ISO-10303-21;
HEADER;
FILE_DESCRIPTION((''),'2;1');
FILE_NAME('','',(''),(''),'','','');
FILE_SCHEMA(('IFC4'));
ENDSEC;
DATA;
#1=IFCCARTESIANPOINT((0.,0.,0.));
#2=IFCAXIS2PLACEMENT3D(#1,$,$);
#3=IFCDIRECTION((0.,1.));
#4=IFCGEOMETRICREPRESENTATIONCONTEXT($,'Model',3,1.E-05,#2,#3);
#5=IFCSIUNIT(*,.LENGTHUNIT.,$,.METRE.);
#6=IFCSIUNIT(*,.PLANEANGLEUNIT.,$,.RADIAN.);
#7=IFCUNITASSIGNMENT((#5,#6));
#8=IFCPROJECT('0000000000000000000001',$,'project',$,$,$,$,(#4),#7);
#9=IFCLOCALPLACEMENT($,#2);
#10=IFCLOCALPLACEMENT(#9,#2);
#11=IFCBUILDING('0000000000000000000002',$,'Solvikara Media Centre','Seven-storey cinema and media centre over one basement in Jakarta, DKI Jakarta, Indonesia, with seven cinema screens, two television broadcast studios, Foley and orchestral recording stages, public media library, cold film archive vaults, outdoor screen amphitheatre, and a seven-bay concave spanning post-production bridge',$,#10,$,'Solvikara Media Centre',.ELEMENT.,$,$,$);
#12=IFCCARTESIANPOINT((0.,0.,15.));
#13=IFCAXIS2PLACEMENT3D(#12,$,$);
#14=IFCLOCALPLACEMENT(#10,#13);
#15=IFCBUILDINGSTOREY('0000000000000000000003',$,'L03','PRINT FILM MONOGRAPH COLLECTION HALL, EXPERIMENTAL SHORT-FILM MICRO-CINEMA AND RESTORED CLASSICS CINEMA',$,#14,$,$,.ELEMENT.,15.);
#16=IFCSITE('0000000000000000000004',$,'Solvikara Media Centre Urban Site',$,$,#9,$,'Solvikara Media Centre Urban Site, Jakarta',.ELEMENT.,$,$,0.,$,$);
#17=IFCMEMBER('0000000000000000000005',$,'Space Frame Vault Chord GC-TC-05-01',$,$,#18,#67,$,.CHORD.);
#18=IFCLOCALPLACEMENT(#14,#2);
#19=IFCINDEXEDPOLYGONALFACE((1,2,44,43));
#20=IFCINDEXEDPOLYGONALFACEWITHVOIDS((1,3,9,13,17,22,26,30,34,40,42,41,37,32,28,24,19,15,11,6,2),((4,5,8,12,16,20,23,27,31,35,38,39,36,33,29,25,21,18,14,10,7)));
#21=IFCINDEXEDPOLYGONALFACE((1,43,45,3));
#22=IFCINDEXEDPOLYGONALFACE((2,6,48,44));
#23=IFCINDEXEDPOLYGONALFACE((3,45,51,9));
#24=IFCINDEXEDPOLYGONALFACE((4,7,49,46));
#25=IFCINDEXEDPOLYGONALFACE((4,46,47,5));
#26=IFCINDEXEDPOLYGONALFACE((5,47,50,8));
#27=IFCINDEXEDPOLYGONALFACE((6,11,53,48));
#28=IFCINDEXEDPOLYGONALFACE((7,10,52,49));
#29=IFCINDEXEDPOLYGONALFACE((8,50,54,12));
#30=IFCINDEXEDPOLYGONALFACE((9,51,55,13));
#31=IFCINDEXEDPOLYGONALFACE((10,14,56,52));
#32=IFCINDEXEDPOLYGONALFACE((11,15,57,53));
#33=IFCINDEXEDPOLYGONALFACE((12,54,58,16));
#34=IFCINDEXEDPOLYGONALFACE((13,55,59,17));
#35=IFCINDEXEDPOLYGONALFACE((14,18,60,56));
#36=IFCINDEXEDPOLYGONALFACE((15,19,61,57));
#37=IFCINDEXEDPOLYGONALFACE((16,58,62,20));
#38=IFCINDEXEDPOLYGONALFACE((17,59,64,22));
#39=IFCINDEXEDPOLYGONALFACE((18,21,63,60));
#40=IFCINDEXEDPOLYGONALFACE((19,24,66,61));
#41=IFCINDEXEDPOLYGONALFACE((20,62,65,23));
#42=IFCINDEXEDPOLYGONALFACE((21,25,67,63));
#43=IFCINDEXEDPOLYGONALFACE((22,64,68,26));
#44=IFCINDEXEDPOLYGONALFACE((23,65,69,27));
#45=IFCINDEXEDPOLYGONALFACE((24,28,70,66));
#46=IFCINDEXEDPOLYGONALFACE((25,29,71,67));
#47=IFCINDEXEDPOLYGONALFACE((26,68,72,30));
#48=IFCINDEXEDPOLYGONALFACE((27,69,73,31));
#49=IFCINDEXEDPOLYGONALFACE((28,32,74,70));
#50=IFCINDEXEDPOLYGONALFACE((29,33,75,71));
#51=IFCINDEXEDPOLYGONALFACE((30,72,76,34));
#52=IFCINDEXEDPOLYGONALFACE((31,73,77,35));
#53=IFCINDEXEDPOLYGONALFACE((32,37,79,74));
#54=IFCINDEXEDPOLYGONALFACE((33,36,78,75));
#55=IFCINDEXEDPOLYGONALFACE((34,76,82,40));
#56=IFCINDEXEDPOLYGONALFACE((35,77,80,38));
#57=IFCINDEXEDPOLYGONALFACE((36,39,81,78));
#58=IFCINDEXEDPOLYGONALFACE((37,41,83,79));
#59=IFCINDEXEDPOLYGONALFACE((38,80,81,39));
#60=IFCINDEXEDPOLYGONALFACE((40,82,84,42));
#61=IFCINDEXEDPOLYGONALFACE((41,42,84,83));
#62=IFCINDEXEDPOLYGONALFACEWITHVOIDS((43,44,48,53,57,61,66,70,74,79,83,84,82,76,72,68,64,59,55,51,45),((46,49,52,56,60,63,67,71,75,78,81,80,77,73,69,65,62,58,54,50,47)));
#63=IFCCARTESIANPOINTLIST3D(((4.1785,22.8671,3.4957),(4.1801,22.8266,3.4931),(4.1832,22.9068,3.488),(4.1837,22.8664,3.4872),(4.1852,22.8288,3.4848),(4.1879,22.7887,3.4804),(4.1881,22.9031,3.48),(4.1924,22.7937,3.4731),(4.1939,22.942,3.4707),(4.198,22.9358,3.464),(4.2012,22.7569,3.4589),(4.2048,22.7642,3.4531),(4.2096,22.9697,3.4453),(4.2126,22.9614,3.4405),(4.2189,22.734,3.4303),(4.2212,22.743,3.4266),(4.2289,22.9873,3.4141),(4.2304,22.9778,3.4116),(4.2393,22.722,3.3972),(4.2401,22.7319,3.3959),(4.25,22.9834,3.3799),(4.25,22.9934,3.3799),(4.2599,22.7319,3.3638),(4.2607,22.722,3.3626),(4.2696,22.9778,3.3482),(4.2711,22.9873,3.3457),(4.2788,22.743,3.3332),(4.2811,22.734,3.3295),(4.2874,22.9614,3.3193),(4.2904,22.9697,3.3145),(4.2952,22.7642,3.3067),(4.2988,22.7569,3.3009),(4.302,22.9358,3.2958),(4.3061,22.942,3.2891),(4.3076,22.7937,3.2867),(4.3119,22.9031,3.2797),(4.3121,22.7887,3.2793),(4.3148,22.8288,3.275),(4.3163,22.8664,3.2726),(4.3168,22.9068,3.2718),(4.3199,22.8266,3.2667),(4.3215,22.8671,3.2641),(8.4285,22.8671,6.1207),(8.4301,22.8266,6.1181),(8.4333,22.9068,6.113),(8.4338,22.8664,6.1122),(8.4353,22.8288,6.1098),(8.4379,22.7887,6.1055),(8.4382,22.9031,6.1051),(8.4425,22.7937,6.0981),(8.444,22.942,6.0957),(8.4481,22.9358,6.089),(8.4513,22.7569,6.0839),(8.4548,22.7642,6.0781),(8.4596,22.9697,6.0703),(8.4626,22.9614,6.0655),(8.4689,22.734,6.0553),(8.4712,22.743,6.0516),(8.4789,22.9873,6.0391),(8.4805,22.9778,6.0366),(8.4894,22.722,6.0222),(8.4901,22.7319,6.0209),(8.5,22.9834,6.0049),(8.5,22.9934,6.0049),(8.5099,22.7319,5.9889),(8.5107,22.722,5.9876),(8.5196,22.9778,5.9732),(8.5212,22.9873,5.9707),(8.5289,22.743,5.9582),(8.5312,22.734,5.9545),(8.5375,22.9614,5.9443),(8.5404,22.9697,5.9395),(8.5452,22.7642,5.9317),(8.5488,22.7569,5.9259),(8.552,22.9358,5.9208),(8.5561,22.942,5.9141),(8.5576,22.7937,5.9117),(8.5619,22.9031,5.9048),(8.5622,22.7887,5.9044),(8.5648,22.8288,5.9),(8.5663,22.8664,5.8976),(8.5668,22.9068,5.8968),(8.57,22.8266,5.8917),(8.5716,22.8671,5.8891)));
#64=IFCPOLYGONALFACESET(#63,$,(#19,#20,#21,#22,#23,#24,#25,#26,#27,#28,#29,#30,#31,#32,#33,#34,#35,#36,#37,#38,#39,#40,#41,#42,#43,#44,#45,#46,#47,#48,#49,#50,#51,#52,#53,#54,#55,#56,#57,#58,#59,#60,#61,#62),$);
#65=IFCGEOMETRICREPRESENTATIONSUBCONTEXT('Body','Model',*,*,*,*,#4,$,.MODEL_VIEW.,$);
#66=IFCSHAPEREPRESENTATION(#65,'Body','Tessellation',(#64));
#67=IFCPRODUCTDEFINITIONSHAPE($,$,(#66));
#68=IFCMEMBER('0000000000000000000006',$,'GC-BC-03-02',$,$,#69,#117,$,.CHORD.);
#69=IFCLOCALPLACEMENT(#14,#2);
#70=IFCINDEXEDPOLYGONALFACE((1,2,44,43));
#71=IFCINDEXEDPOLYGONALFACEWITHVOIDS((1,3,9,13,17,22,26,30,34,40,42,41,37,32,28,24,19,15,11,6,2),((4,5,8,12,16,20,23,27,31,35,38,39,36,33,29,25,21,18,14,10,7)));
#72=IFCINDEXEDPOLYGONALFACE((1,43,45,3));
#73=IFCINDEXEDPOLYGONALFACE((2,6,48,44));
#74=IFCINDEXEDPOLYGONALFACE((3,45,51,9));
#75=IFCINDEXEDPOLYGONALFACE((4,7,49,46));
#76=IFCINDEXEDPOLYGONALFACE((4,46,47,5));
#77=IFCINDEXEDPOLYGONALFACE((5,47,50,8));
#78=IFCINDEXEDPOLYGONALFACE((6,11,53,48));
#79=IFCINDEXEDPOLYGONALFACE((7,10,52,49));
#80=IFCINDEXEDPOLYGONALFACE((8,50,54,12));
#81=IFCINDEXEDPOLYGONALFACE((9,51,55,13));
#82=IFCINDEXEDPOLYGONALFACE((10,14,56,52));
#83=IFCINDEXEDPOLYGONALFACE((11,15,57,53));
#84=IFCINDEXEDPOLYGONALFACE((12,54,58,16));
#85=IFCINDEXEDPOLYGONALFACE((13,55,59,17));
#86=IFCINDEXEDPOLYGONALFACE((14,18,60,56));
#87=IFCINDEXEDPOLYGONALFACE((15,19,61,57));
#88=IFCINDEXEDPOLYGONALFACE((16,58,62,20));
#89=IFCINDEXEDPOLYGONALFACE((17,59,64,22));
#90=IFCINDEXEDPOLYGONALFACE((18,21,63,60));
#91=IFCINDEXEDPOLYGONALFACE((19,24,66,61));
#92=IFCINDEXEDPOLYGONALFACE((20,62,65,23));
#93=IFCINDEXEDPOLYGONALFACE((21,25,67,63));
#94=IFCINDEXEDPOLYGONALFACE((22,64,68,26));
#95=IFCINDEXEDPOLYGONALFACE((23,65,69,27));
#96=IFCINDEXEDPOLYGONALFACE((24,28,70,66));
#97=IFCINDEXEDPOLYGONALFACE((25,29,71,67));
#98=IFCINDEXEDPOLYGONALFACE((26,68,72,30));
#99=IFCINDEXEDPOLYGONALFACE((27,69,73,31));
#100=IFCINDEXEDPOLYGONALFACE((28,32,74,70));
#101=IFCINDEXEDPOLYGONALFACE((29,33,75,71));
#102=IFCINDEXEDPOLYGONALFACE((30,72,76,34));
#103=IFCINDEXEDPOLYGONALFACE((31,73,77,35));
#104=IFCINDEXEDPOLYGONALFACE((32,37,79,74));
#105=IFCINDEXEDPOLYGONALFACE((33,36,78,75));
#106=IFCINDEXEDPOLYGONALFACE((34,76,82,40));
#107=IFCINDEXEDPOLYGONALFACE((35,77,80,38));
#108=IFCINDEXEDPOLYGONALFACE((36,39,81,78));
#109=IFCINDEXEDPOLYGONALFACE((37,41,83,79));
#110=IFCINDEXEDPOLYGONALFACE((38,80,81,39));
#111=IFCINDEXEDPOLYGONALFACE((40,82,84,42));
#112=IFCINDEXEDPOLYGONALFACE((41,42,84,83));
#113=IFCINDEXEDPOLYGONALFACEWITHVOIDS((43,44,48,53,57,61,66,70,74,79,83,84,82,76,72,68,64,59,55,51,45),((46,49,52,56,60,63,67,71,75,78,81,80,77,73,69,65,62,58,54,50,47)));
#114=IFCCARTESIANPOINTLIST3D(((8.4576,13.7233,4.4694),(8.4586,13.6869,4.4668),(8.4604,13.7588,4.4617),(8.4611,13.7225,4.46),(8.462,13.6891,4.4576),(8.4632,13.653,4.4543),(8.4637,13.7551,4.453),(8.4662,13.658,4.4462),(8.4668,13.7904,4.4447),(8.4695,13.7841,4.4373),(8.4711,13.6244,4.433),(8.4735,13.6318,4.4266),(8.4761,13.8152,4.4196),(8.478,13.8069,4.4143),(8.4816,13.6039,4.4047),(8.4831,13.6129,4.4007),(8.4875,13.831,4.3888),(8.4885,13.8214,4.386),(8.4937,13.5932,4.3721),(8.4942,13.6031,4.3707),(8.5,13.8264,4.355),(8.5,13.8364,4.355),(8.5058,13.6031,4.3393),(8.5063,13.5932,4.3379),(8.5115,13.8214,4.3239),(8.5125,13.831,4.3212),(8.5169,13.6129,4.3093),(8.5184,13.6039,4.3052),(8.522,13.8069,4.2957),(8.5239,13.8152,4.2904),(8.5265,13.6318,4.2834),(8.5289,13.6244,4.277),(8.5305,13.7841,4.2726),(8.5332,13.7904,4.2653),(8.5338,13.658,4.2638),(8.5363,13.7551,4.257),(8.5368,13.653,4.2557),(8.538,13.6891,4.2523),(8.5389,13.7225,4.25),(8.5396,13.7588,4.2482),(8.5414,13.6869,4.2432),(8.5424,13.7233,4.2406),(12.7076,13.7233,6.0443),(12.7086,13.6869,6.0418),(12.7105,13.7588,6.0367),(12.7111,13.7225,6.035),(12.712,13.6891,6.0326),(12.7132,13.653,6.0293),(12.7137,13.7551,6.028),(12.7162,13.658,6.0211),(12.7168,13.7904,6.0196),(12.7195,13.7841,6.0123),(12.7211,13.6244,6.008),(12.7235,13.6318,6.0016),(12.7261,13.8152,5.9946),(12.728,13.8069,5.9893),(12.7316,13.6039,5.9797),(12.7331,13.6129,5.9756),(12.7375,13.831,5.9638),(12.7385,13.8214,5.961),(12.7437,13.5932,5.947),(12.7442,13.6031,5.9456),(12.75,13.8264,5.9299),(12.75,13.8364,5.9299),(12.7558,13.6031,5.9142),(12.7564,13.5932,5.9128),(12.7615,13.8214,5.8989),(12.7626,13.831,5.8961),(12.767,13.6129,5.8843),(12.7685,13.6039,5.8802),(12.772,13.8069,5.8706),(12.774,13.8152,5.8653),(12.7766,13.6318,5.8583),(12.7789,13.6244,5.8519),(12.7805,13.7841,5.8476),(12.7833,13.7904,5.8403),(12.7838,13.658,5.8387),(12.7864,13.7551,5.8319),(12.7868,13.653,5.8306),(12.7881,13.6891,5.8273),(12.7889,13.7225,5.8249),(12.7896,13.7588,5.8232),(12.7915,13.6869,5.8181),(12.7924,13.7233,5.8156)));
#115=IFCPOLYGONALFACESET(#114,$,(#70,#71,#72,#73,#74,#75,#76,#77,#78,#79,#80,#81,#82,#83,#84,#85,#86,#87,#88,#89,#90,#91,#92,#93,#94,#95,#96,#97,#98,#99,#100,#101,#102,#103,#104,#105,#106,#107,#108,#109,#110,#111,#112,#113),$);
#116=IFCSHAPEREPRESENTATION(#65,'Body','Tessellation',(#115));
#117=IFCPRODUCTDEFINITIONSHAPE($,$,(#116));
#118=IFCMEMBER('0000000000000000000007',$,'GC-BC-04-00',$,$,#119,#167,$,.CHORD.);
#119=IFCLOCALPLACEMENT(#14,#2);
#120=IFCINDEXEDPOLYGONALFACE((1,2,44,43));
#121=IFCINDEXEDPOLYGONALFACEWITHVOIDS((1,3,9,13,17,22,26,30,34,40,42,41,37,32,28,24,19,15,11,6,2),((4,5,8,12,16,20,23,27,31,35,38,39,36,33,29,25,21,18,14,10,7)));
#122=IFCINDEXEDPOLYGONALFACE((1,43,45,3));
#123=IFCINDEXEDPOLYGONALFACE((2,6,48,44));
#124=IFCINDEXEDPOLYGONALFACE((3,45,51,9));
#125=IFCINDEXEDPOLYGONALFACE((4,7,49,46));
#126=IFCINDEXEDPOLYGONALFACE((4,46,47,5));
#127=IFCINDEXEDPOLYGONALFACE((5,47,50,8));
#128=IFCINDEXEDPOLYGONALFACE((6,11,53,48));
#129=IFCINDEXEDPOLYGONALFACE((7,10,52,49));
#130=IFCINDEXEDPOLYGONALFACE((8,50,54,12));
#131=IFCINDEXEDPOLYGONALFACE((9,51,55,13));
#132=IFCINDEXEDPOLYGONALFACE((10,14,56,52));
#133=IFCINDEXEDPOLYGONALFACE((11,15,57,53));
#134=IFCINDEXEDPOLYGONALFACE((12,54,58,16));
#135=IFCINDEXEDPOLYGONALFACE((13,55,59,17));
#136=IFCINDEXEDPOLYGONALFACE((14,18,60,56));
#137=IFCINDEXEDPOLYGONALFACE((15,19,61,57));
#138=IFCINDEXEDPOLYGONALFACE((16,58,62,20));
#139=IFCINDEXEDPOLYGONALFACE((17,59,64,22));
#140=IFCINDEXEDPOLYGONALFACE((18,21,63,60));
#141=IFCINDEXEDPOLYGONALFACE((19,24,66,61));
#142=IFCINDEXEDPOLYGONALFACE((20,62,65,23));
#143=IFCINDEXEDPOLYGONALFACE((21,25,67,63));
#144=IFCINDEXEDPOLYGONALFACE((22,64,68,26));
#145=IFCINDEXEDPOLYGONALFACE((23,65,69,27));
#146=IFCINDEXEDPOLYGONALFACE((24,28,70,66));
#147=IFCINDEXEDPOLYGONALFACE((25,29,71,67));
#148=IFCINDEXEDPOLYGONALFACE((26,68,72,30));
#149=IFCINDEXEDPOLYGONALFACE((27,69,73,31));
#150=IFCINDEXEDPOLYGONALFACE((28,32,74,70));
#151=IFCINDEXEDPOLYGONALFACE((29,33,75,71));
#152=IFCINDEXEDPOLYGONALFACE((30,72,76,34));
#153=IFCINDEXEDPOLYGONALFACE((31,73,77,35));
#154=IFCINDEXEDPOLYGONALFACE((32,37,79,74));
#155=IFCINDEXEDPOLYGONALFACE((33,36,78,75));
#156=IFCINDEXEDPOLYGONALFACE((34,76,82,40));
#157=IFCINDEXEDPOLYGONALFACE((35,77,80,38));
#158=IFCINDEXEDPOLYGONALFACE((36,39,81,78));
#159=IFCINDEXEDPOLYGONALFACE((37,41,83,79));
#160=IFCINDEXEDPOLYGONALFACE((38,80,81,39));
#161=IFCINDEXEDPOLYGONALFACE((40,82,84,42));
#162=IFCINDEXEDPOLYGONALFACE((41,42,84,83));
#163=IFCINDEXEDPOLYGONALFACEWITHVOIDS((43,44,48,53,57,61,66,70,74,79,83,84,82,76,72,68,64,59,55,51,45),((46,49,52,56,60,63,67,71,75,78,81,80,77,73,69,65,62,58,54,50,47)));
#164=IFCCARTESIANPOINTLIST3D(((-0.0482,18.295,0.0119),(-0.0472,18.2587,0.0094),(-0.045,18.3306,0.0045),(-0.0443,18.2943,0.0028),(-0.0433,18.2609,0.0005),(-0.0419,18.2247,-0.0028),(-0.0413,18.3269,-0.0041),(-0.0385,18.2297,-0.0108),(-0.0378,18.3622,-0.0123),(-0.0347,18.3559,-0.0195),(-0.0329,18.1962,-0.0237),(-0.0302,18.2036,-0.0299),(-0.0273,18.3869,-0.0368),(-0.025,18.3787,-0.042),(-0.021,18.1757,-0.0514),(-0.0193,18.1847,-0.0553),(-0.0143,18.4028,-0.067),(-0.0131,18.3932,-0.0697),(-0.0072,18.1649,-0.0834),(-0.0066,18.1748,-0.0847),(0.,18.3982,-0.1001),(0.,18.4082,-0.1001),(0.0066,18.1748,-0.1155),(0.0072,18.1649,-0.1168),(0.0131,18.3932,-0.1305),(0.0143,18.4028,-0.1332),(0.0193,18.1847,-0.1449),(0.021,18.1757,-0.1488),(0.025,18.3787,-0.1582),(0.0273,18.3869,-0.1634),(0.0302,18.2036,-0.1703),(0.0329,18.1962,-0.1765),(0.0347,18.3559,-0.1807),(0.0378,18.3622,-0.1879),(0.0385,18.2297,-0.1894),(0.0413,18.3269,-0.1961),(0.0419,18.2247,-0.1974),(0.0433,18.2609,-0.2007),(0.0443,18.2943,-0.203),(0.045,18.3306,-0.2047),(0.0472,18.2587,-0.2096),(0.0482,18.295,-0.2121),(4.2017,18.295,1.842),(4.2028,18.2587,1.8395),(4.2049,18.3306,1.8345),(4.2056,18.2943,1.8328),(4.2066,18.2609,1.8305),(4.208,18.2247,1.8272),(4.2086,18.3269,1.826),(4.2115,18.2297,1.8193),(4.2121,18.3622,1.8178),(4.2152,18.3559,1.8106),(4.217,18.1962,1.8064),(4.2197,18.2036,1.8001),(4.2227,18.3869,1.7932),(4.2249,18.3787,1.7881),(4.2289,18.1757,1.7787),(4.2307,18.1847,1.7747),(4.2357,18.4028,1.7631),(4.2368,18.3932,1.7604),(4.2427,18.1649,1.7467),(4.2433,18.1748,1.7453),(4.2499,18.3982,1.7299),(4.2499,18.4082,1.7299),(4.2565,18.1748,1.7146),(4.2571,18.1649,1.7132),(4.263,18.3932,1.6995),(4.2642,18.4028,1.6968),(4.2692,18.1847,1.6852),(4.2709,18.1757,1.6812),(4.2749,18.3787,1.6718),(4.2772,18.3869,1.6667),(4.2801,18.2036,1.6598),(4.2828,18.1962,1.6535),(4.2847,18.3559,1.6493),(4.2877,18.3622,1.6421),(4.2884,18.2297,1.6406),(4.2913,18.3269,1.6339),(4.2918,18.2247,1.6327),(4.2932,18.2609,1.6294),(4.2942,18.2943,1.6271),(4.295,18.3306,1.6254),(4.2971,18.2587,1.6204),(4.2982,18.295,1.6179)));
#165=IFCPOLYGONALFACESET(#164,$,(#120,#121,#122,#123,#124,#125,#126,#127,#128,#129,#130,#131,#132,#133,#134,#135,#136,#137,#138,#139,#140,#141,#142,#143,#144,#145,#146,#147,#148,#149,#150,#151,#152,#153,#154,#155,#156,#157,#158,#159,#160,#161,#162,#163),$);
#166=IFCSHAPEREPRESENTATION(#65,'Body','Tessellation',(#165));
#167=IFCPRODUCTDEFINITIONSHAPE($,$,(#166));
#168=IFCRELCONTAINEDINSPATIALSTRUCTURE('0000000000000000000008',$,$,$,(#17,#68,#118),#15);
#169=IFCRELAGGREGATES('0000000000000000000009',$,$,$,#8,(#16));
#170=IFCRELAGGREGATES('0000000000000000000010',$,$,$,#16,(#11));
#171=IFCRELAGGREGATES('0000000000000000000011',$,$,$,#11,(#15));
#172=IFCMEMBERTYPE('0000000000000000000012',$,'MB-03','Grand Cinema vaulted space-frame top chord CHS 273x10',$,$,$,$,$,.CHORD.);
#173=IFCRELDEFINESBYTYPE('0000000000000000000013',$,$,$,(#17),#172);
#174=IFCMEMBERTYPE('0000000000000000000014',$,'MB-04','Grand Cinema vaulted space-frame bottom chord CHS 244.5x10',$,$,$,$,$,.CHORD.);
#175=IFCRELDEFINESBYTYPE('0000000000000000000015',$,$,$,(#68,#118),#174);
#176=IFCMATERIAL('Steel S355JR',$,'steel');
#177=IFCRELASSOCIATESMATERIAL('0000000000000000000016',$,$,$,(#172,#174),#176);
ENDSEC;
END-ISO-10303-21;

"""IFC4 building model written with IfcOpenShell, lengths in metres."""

from ifc_helpers import new_model, si_unit, direction, frame, origin, origin_2d, place, context, subcontext, project, spatial, hollow_circle, extrude, material, material_profile, profile_set, type_object, element, save


model = new_model("IFC4")

# Units and contexts
model_context = context("Model", 3, precision=1e-05, world=origin(), true_north=direction((0.0, 1.0)))
body_context = subcontext(model_context, "Body", "Model", "MODEL_VIEW")
ifc_project = project(units=[si_unit("LENGTHUNIT", "METRE"), si_unit("PLANEANGLEUNIT", "RADIAN")], contexts=[model_context])

# Site, building, storey
site_placement = place(None, origin())
site = spatial("IfcSite", under=ifc_project, at=site_placement, Name="Solvikara Media Centre Urban Site", LongName="Solvikara Media Centre Urban Site, Jakarta", CompositionType="ELEMENT", RefElevation=0.0)
building_placement = place(site_placement, origin())
building = spatial("IfcBuilding", under=site, at=building_placement, Name="Solvikara Media Centre", Description="Seven-storey cinema and media centre over one basement in Jakarta, DKI Jakarta, Indonesia, with seven cinema screens, two television broadcast studios, Foley and orchestral recording stages, public media library, cold film archive vaults, outdoor screen amphitheatre, and a seven-bay concave spanning post-production bridge", LongName="Solvikara Media Centre", CompositionType="ELEMENT")
storey_placement = place(building_placement, frame((0.0, 0.0, 15.0)))
storey = spatial("IfcBuildingStorey", under=building, at=storey_placement, Name="L03", Description="PRINT FILM MONOGRAPH COLLECTION HALL, EXPERIMENTAL SHORT-FILM MICRO-CINEMA AND RESTORED CLASSICS CINEMA", CompositionType="ELEMENT", Elevation=15.0)

# Shared definitions
ifc_material_1 = material(Name="Steel S355JR", Category="steel")

# Members
ifc_material_profile_1 = material_profile(ifc_material_1, hollow_circle(Radius=0.1365, WallThickness=0.01, at=origin_2d()), Name="CHS 273x10")
ifc_profile_set_1 = profile_set([ifc_material_profile_1], Name="Steel S355JR")
member_type_1 = type_object("IfcMemberType", Name="MB-03", Description="Grand Cinema vaulted space-frame top chord CHS 273x10", PredefinedType="CHORD", material=ifc_profile_set_1)
member_1_placement = place(storey_placement, frame((4.25, 22.8569, 3.3799), z_axis=(0.850798, 0.0, 0.525493), x_axis=(0.0, 1.0, 0.0)))
element("IfcMember", 1, at=member_1_placement, inside=storey, type_object=member_type_1, Name="Space Frame Vault Chord GC-TC-05-01", PredefinedType="CHORD", context=body_context, shape_type="SweptSolid", body=[
    extrude(hollow_circle(Radius=0.1365, WallThickness=0.01, at=origin_2d()), origin(), (0.0, 0.0, 1.0), 4.9954),
])
ifc_material_profile_2 = material_profile(ifc_material_1, hollow_circle(Radius=0.1223, WallThickness=0.01, at=origin_2d()), Name="CHS 244.5x10")
ifc_profile_set_2 = profile_set([ifc_material_profile_2], Name="Steel S355JR")
member_type_2 = type_object("IfcMemberType", Name="MB-04", Description="Grand Cinema vaulted space-frame bottom chord CHS 244.5x10", PredefinedType="CHORD", material=ifc_profile_set_2)
member_2_placement = place(storey_placement, frame((8.5, 13.7141, 4.355), z_axis=(0.937686, 0.0, 0.347485), x_axis=(0.0, 1.0, 0.0)))
element("IfcMember", 2, at=member_2_placement, inside=storey, type_object=member_type_2, Name="GC-BC-03-02", PredefinedType="CHORD", context=body_context, shape_type="SweptSolid", body=[
    extrude(hollow_circle(Radius=0.1223, WallThickness=0.01, at=origin_2d()), origin(), (0.0, 0.0, 1.0), 4.5325),
])
member_3_placement = place(storey_placement, frame((0.0, 18.2859, -0.1001), z_axis=(0.918467, 0.0, 0.395498), x_axis=(0.0, 1.0, 0.0)))
element("IfcMember", 3, at=member_3_placement, inside=storey, type_object=member_type_2, Name="GC-BC-04-00", PredefinedType="CHORD", context=body_context, shape_type="SweptSolid", body=[
    extrude(hollow_circle(Radius=0.1223, WallThickness=0.01, at=origin_2d()), origin(), (0.0, 0.0, 1.0), 4.6272),
])

save(model, "model.ifc")
